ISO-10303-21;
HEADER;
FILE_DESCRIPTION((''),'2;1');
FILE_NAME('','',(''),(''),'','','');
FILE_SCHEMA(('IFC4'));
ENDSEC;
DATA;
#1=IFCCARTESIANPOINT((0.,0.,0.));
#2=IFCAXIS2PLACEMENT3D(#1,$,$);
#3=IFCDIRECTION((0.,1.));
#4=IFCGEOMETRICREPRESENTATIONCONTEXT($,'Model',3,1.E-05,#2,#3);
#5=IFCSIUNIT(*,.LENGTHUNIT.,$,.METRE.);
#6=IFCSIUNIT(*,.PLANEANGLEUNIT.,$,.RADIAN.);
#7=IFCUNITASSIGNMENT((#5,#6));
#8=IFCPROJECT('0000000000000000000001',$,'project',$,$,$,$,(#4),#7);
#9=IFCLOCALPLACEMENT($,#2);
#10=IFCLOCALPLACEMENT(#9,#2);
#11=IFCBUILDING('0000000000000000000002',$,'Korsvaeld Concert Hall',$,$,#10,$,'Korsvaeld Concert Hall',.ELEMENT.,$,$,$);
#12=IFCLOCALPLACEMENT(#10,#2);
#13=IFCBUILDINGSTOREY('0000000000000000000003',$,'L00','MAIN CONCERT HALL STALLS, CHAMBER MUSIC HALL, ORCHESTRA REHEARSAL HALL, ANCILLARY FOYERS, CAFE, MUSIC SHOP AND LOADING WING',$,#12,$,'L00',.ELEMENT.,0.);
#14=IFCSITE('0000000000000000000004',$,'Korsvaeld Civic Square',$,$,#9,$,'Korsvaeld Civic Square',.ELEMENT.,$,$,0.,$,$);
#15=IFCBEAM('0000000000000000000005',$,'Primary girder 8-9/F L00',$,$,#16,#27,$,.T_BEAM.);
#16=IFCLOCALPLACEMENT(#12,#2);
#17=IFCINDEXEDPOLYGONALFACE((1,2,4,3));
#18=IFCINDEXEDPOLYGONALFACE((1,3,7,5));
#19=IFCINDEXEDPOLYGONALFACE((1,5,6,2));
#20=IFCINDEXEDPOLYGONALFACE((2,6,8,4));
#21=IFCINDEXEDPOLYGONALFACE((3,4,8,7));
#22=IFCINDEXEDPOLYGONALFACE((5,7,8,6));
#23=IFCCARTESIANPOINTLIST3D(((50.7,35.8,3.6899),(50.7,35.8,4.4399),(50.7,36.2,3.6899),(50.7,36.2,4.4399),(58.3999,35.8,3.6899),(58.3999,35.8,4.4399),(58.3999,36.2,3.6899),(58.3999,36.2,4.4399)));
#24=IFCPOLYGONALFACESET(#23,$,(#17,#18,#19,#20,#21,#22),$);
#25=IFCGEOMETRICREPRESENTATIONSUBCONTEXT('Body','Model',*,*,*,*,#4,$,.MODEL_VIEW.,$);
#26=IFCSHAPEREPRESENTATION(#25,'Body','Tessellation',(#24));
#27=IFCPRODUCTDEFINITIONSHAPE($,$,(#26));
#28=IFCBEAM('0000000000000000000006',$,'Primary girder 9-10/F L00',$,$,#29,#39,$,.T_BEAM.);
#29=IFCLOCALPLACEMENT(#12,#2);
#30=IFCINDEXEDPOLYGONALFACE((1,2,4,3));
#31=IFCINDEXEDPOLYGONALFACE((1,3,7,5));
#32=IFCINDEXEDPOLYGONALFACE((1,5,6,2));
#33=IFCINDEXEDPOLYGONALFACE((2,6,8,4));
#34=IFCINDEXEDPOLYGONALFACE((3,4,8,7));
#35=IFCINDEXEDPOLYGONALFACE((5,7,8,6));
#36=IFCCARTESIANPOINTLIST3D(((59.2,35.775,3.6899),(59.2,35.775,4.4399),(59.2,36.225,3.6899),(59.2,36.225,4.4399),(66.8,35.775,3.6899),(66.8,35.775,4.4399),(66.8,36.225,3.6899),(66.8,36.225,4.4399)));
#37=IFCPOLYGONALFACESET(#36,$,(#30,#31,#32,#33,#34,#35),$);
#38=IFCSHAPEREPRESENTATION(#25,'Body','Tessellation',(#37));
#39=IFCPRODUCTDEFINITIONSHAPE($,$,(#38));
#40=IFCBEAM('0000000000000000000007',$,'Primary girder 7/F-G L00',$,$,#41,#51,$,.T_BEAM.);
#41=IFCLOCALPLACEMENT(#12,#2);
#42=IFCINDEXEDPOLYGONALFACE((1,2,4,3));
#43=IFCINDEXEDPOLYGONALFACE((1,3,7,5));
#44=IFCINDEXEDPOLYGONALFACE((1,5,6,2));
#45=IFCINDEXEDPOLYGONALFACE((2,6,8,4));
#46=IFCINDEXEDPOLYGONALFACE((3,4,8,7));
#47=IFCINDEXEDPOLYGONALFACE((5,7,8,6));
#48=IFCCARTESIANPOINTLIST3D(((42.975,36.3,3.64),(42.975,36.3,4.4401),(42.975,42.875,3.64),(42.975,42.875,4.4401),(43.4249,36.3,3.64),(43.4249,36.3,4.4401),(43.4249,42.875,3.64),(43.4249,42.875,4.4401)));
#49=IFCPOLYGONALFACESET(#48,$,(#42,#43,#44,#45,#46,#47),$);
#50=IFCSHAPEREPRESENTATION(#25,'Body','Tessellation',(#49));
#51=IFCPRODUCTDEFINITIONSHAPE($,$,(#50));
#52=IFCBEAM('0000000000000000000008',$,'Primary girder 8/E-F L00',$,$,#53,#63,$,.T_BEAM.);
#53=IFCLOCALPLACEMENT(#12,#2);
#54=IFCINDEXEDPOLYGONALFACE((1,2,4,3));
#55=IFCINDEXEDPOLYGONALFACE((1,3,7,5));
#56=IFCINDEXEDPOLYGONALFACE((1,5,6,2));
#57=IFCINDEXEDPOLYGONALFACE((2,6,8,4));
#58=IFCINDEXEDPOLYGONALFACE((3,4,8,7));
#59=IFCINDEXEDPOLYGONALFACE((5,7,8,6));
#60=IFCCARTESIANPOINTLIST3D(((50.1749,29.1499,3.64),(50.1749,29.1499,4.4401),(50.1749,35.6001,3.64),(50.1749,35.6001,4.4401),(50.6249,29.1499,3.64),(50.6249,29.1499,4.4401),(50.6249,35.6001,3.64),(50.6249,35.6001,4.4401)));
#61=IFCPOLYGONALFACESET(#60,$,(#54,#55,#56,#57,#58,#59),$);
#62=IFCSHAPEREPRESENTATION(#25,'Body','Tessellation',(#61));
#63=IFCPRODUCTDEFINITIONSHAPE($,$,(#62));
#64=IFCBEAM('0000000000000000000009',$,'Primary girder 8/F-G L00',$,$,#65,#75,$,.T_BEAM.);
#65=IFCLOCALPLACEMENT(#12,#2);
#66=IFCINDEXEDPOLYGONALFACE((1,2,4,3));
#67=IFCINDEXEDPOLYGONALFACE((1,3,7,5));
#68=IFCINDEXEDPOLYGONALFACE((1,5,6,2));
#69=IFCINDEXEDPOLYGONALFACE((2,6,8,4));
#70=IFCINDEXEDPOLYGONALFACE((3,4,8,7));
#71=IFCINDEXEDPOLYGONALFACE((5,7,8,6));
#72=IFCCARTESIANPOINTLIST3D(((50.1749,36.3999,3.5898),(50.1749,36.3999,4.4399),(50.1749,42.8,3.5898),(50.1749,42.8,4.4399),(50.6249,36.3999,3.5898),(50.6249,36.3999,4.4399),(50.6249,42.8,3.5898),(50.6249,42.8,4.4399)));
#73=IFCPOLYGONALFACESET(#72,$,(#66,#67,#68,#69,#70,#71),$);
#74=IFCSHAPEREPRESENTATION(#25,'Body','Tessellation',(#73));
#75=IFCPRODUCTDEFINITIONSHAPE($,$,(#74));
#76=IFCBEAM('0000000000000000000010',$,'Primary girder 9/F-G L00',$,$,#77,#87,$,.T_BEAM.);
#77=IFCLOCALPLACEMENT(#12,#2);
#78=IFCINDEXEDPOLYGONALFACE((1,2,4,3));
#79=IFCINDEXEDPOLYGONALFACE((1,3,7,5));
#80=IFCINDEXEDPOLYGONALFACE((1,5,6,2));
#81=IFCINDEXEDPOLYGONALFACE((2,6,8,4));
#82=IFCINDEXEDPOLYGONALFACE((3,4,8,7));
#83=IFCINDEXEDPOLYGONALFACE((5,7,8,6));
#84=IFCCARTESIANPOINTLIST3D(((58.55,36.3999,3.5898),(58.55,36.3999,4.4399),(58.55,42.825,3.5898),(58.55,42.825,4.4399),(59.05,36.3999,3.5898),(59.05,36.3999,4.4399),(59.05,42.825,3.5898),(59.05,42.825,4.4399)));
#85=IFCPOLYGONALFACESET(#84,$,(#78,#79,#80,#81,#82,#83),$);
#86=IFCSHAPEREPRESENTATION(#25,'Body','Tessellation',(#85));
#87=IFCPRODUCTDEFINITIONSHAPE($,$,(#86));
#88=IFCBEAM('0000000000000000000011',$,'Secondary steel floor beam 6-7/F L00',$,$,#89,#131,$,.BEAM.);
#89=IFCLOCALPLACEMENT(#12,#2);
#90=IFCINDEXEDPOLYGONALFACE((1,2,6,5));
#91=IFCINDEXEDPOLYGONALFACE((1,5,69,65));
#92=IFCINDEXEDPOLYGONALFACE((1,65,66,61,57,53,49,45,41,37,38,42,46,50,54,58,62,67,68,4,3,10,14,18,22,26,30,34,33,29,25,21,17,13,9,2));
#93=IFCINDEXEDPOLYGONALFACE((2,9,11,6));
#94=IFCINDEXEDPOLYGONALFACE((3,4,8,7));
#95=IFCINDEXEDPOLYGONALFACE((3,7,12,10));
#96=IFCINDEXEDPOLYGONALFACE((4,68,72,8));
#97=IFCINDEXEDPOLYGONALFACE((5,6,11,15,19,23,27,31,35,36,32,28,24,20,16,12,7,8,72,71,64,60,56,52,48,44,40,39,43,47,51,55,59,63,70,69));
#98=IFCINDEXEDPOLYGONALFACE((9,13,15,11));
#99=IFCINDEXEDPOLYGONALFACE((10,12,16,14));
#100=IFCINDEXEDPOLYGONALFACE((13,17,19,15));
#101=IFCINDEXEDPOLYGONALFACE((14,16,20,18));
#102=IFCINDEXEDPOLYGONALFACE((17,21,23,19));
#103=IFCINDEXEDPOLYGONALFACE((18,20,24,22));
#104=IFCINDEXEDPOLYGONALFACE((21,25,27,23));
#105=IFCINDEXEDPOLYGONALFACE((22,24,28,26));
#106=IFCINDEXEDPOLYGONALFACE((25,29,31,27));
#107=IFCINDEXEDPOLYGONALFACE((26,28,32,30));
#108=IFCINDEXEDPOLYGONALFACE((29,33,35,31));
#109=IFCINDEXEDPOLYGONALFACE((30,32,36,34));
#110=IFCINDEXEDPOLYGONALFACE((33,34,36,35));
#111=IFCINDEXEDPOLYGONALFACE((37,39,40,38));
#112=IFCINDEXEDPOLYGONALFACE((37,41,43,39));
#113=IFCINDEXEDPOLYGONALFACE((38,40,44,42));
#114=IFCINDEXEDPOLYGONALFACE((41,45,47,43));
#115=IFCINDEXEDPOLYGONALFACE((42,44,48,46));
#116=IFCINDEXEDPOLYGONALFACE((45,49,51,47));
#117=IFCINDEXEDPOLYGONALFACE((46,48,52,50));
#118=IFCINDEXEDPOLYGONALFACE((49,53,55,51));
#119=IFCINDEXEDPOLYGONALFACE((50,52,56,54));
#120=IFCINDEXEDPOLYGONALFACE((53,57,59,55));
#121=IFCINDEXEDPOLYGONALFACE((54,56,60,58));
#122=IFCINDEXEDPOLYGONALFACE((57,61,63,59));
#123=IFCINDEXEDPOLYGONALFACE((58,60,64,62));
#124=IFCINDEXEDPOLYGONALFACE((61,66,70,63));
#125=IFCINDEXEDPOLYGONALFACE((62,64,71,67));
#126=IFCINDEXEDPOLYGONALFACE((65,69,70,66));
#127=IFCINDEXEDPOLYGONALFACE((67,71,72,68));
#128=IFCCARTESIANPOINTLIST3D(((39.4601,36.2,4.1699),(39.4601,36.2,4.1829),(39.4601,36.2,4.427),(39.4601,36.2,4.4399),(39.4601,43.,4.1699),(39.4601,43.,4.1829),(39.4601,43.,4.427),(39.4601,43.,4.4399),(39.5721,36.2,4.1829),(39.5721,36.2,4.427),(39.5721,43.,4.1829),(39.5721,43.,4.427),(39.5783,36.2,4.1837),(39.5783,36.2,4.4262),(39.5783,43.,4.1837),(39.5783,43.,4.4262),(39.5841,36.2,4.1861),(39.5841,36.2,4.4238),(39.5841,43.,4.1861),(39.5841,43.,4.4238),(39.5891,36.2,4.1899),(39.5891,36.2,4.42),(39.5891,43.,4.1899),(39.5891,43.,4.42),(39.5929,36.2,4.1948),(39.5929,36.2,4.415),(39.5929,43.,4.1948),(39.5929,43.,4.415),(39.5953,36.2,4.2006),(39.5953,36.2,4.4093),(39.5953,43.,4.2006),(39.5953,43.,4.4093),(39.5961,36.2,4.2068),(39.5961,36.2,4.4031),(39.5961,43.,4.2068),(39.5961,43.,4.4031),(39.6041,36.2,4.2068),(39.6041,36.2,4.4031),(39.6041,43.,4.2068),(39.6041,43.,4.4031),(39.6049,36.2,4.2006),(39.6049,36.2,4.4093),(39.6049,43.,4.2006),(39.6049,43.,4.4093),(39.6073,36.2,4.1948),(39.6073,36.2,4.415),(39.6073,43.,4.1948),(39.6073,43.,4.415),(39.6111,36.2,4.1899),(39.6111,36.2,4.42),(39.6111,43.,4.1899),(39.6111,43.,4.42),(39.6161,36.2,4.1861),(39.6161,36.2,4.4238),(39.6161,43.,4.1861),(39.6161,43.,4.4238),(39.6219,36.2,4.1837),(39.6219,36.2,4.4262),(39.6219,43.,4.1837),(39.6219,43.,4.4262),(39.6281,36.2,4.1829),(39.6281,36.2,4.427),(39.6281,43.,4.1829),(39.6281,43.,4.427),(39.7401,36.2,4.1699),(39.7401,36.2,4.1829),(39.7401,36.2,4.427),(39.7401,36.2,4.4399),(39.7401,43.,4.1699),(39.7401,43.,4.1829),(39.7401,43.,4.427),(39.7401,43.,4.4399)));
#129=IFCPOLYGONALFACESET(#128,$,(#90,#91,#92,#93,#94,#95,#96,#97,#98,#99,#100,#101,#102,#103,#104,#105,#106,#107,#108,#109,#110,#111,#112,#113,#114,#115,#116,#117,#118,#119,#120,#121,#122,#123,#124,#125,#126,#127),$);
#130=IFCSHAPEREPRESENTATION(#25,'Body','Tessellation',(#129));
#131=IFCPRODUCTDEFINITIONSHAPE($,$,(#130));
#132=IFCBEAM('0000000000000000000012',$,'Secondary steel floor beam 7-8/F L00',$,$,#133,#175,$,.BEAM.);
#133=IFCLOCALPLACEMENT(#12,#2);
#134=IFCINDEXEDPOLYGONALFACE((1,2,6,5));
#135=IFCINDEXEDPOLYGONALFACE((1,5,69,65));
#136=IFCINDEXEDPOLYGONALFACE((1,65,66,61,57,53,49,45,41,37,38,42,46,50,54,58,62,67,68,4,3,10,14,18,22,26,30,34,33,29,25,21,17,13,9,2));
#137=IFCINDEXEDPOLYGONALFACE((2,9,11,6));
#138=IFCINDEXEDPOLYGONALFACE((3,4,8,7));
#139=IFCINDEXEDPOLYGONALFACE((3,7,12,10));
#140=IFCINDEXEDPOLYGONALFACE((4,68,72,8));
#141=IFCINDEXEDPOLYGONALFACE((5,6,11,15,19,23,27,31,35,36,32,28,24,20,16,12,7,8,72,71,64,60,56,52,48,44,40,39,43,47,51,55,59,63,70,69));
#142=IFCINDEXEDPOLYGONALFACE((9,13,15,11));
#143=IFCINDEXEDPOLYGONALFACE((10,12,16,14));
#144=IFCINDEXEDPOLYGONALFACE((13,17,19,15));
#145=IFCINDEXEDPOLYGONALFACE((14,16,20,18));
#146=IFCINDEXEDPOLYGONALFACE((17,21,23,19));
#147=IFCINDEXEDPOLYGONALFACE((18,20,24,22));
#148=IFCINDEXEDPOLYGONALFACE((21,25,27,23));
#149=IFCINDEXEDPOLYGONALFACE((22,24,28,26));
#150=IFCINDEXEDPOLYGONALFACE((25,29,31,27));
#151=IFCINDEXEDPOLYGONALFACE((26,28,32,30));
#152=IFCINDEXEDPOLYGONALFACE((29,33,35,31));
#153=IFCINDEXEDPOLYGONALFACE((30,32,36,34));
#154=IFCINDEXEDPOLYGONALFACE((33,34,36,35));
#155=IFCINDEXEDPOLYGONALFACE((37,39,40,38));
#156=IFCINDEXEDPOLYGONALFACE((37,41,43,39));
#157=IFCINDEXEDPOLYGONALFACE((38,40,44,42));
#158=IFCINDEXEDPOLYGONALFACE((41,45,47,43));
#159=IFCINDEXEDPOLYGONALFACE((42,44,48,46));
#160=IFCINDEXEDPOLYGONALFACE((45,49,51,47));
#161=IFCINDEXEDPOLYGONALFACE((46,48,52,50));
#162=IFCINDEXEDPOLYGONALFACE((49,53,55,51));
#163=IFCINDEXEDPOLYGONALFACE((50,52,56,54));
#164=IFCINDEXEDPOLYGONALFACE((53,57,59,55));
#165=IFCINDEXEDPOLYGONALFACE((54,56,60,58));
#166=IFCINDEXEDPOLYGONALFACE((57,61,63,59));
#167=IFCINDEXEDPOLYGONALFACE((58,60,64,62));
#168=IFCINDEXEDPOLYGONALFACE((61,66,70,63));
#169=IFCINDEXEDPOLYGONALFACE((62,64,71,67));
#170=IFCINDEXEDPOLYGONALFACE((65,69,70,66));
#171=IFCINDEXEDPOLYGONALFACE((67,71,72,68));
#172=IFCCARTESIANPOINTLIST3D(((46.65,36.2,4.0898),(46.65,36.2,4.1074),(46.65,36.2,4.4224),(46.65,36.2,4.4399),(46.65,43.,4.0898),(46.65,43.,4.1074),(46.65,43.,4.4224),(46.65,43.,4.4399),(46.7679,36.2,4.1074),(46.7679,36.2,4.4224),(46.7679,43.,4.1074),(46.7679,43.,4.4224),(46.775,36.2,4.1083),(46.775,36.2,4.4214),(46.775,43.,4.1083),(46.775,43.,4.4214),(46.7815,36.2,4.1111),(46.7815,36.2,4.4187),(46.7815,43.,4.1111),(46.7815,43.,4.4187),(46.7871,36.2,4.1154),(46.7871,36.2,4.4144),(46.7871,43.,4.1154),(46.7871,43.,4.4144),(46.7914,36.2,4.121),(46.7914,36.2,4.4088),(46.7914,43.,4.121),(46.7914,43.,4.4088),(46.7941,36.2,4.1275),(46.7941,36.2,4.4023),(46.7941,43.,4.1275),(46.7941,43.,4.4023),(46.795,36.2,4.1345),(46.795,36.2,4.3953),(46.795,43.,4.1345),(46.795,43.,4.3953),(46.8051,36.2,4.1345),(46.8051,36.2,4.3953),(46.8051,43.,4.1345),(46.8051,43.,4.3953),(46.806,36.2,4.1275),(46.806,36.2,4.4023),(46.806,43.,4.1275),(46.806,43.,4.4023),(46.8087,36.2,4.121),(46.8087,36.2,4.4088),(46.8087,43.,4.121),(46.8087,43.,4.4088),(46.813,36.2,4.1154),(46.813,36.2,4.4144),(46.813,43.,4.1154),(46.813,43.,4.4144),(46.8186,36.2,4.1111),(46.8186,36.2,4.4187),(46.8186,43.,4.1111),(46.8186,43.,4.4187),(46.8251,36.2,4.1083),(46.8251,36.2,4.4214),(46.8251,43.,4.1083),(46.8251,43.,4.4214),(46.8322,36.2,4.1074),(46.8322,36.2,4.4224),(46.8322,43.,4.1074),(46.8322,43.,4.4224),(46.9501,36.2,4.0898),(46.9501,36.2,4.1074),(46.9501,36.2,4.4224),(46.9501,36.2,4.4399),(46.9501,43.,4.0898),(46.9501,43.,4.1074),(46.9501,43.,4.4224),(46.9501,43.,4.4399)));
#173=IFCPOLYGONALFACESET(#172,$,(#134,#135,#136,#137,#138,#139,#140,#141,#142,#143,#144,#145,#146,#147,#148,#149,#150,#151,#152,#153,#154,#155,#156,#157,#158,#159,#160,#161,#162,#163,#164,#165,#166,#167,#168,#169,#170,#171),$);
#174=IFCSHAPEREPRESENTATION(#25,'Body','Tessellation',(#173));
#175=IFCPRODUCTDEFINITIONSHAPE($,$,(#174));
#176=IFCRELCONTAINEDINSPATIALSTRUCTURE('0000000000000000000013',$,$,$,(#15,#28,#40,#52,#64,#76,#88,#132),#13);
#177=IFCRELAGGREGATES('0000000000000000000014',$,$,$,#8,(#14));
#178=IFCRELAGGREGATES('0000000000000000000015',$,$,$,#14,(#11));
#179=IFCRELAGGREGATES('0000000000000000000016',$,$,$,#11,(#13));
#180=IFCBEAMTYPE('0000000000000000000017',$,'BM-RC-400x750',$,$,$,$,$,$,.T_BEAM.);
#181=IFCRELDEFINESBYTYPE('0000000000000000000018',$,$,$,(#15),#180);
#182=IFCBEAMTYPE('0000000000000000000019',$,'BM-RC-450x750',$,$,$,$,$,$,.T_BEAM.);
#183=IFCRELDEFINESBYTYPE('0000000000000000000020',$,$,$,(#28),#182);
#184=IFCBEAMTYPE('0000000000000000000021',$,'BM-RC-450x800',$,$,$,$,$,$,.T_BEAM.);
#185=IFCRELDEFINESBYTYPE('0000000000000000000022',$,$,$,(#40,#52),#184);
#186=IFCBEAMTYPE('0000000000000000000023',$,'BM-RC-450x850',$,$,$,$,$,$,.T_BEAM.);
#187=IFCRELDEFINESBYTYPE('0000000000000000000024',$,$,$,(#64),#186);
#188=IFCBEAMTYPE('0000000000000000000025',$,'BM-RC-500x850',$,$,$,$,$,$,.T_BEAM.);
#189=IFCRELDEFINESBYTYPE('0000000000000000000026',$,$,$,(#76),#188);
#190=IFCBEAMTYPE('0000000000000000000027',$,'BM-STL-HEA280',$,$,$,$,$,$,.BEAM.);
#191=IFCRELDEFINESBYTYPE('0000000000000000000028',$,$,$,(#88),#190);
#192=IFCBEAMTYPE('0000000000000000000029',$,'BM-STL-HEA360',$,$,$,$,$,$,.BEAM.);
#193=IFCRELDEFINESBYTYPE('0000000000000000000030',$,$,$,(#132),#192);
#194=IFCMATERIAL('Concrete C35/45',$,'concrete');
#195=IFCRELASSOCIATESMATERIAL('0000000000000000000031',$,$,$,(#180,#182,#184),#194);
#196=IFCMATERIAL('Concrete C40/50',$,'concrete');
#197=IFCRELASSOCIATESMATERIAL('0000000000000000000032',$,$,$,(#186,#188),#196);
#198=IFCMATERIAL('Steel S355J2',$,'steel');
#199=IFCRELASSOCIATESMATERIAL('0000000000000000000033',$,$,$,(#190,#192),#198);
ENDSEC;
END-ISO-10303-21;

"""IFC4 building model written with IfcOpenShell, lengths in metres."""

from ifc_helpers import new_model, si_unit, direction, frame, origin, origin_2d, place, context, subcontext, project, spatial, rectangle, i_section, extrude, material, material_profile, profile_set, type_object, element, save


model = new_model("IFC4")

# Units and contexts
model_context = context("Model", 3, precision=1e-05, world=origin(), true_north=direction((0.0, 1.0)))
body_context = subcontext(model_context, "Body", "Model", "MODEL_VIEW")
ifc_project = project(units=[si_unit("LENGTHUNIT", "METRE"), si_unit("PLANEANGLEUNIT", "RADIAN")], contexts=[model_context])

# Site, building, storey
site_placement = place(None, origin())
site = spatial("IfcSite", under=ifc_project, at=site_placement, Name="Korsvaeld Civic Square", LongName="Korsvaeld Civic Square", CompositionType="ELEMENT", RefElevation=0.0)
building_placement = place(site_placement, origin())
building = spatial("IfcBuilding", under=site, at=building_placement, Name="Korsvaeld Concert Hall", LongName="Korsvaeld Concert Hall", CompositionType="ELEMENT")
storey_placement = place(building_placement, origin())
storey = spatial("IfcBuildingStorey", under=building, at=storey_placement, Name="L00", Description="MAIN CONCERT HALL STALLS, CHAMBER MUSIC HALL, ORCHESTRA REHEARSAL HALL, ANCILLARY FOYERS, CAFE, MUSIC SHOP AND LOADING WING", LongName="L00", CompositionType="ELEMENT", Elevation=0.0)

# Shared definitions
ifc_material_1 = material(Name="Concrete C40/50", Category="concrete")

# Beams
ifc_material_2 = material(Name="Concrete C35/45", Category="concrete")
ifc_material_profile_1 = material_profile(ifc_material_2, rectangle(XDim=0.3999, YDim=0.75, at=origin_2d()), Name="RC 400x750")
ifc_profile_set_1 = profile_set([ifc_material_profile_1], Name="Concrete C35/45")
beam_type_1 = type_object("IfcBeamType", Name="BM-RC-400x750", PredefinedType="T_BEAM", material=ifc_profile_set_1)
beam_1_placement = place(storey_placement, frame((50.7, 36.0, 4.0649), z_axis=(1.0, 0.0, 0.0), x_axis=(0.0, 1.0, 0.0)))
element("IfcBeam", 1, at=beam_1_placement, inside=storey, type_object=beam_type_1, Name="Primary girder 8-9/F L00", PredefinedType="T_BEAM", context=body_context, shape_type="SweptSolid", body=[
    extrude(rectangle(XDim=0.3999, YDim=0.75, at=origin_2d()), origin(), (0.0, 0.0, 1.0), 7.7),
])
ifc_material_profile_2 = material_profile(ifc_material_2, rectangle(XDim=0.45, YDim=0.75, at=origin_2d()), Name="RC 450x750")
ifc_profile_set_2 = profile_set([ifc_material_profile_2], Name="Concrete C35/45")
beam_type_2 = type_object("IfcBeamType", Name="BM-RC-450x750", PredefinedType="T_BEAM", material=ifc_profile_set_2)
beam_2_placement = place(storey_placement, frame((59.2, 36.0, 4.0649), z_axis=(1.0, 0.0, 0.0), x_axis=(0.0, 1.0, 0.0)))
element("IfcBeam", 2, at=beam_2_placement, inside=storey, type_object=beam_type_2, Name="Primary girder 9-10/F L00", PredefinedType="T_BEAM", context=body_context, shape_type="SweptSolid", body=[
    extrude(rectangle(XDim=0.45, YDim=0.75, at=origin_2d()), origin(), (0.0, 0.0, 1.0), 7.6001),
])
ifc_material_profile_3 = material_profile(ifc_material_2, rectangle(XDim=0.45, YDim=0.8, at=origin_2d()), Name="RC 450x800")
ifc_profile_set_3 = profile_set([ifc_material_profile_3], Name="Concrete C35/45")
beam_type_3 = type_object("IfcBeamType", Name="BM-RC-450x800", PredefinedType="T_BEAM", material=ifc_profile_set_3)
beam_3_placement = place(storey_placement, frame((43.2, 36.3, 4.04), z_axis=(0.0, 1.0, 0.0), x_axis=(-1.0, 0.0, 0.0)))
element("IfcBeam", 3, at=beam_3_placement, inside=storey, type_object=beam_type_3, Name="Primary girder 7/F-G L00", PredefinedType="T_BEAM", context=body_context, shape_type="SweptSolid", body=[
    extrude(rectangle(XDim=0.45, YDim=0.8, at=origin_2d()), origin(), (0.0, 0.0, 1.0), 6.575),
])
beam_4_placement = place(storey_placement, frame((50.3999, 29.1499, 4.04), z_axis=(0.0, 1.0, 0.0), x_axis=(-1.0, 0.0, 0.0)))
element("IfcBeam", 4, at=beam_4_placement, inside=storey, type_object=beam_type_3, Name="Primary girder 8/E-F L00", PredefinedType="T_BEAM", context=body_context, shape_type="SweptSolid", body=[
    extrude(rectangle(XDim=0.45, YDim=0.8, at=origin_2d()), origin(), (0.0, 0.0, 1.0), 6.4502),
])
ifc_material_profile_4 = material_profile(ifc_material_1, rectangle(XDim=0.45, YDim=0.8501, at=origin_2d()), Name="RC 450x850")
ifc_profile_set_4 = profile_set([ifc_material_profile_4], Name="Concrete C40/50")
beam_type_4 = type_object("IfcBeamType", Name="BM-RC-450x850", PredefinedType="T_BEAM", material=ifc_profile_set_4)
beam_5_placement = place(storey_placement, frame((50.3999, 36.3999, 4.0149), z_axis=(0.0, 1.0, 0.0), x_axis=(-1.0, 0.0, 0.0)))
element("IfcBeam", 5, at=beam_5_placement, inside=storey, type_object=beam_type_4, Name="Primary girder 8/F-G L00", PredefinedType="T_BEAM", context=body_context, shape_type="SweptSolid", body=[
    extrude(rectangle(XDim=0.45, YDim=0.8501, at=origin_2d()), origin(), (0.0, 0.0, 1.0), 6.4001),
])
ifc_material_profile_5 = material_profile(ifc_material_1, rectangle(XDim=0.5, YDim=0.8501, at=origin_2d()), Name="RC 500x850")
ifc_profile_set_5 = profile_set([ifc_material_profile_5], Name="Concrete C40/50")
beam_type_5 = type_object("IfcBeamType", Name="BM-RC-500x850", PredefinedType="T_BEAM", material=ifc_profile_set_5)
beam_6_placement = place(storey_placement, frame((58.8, 36.3999, 4.0149), z_axis=(0.0, 1.0, 0.0), x_axis=(-1.0, 0.0, 0.0)))
element("IfcBeam", 6, at=beam_6_placement, inside=storey, type_object=beam_type_5, Name="Primary girder 9/F-G L00", PredefinedType="T_BEAM", context=body_context, shape_type="SweptSolid", body=[
    extrude(rectangle(XDim=0.5, YDim=0.8501, at=origin_2d()), origin(), (0.0, 0.0, 1.0), 6.425),
])
ifc_material_3 = material(Name="Steel S355J2", Category="steel")
ifc_material_profile_6 = material_profile(ifc_material_3, i_section(OverallWidth=0.28, OverallDepth=0.27, WebThickness=0.0081, FlangeThickness=0.0129, FilletRadius=0.0239, at=origin_2d()), Name="HEA 280")
ifc_profile_set_6 = profile_set([ifc_material_profile_6], Name="Steel S355J2")
beam_type_6 = type_object("IfcBeamType", Name="BM-STL-HEA280", PredefinedType="BEAM", material=ifc_profile_set_6)
beam_7_placement = place(storey_placement, frame((39.6001, 36.2, 4.3049), z_axis=(0.0, 1.0, 0.0), x_axis=(-1.0, 0.0, 0.0)))
element("IfcBeam", 7, at=beam_7_placement, inside=storey, type_object=beam_type_6, Name="Secondary steel floor beam 6-7/F L00", PredefinedType="BEAM", context=body_context, shape_type="SweptSolid", body=[
    extrude(i_section(OverallWidth=0.28, OverallDepth=0.27, WebThickness=0.0081, FlangeThickness=0.0129, FilletRadius=0.0239, at=origin_2d()), origin(), (0.0, 0.0, 1.0), 6.8),
])
ifc_material_profile_7 = material_profile(ifc_material_3, i_section(OverallWidth=0.3, OverallDepth=0.3501, WebThickness=0.01, FlangeThickness=0.0176, FilletRadius=0.0271, at=origin_2d()), Name="HEA 360")
ifc_profile_set_7 = profile_set([ifc_material_profile_7], Name="Steel S355J2")
beam_type_7 = type_object("IfcBeamType", Name="BM-STL-HEA360", PredefinedType="BEAM", material=ifc_profile_set_7)
beam_8_placement = place(storey_placement, frame((46.8, 36.2, 4.2649), z_axis=(0.0, 1.0, 0.0), x_axis=(-1.0, 0.0, 0.0)))
element("IfcBeam", 8, at=beam_8_placement, inside=storey, type_object=beam_type_7, Name="Secondary steel floor beam 7-8/F L00", PredefinedType="BEAM", context=body_context, shape_type="SweptSolid", body=[
    extrude(i_section(OverallWidth=0.3, OverallDepth=0.3501, WebThickness=0.01, FlangeThickness=0.0176, FilletRadius=0.0271, at=origin_2d()), origin(), (0.0, 0.0, 1.0), 6.8),
])

save(model, "model.ifc")
